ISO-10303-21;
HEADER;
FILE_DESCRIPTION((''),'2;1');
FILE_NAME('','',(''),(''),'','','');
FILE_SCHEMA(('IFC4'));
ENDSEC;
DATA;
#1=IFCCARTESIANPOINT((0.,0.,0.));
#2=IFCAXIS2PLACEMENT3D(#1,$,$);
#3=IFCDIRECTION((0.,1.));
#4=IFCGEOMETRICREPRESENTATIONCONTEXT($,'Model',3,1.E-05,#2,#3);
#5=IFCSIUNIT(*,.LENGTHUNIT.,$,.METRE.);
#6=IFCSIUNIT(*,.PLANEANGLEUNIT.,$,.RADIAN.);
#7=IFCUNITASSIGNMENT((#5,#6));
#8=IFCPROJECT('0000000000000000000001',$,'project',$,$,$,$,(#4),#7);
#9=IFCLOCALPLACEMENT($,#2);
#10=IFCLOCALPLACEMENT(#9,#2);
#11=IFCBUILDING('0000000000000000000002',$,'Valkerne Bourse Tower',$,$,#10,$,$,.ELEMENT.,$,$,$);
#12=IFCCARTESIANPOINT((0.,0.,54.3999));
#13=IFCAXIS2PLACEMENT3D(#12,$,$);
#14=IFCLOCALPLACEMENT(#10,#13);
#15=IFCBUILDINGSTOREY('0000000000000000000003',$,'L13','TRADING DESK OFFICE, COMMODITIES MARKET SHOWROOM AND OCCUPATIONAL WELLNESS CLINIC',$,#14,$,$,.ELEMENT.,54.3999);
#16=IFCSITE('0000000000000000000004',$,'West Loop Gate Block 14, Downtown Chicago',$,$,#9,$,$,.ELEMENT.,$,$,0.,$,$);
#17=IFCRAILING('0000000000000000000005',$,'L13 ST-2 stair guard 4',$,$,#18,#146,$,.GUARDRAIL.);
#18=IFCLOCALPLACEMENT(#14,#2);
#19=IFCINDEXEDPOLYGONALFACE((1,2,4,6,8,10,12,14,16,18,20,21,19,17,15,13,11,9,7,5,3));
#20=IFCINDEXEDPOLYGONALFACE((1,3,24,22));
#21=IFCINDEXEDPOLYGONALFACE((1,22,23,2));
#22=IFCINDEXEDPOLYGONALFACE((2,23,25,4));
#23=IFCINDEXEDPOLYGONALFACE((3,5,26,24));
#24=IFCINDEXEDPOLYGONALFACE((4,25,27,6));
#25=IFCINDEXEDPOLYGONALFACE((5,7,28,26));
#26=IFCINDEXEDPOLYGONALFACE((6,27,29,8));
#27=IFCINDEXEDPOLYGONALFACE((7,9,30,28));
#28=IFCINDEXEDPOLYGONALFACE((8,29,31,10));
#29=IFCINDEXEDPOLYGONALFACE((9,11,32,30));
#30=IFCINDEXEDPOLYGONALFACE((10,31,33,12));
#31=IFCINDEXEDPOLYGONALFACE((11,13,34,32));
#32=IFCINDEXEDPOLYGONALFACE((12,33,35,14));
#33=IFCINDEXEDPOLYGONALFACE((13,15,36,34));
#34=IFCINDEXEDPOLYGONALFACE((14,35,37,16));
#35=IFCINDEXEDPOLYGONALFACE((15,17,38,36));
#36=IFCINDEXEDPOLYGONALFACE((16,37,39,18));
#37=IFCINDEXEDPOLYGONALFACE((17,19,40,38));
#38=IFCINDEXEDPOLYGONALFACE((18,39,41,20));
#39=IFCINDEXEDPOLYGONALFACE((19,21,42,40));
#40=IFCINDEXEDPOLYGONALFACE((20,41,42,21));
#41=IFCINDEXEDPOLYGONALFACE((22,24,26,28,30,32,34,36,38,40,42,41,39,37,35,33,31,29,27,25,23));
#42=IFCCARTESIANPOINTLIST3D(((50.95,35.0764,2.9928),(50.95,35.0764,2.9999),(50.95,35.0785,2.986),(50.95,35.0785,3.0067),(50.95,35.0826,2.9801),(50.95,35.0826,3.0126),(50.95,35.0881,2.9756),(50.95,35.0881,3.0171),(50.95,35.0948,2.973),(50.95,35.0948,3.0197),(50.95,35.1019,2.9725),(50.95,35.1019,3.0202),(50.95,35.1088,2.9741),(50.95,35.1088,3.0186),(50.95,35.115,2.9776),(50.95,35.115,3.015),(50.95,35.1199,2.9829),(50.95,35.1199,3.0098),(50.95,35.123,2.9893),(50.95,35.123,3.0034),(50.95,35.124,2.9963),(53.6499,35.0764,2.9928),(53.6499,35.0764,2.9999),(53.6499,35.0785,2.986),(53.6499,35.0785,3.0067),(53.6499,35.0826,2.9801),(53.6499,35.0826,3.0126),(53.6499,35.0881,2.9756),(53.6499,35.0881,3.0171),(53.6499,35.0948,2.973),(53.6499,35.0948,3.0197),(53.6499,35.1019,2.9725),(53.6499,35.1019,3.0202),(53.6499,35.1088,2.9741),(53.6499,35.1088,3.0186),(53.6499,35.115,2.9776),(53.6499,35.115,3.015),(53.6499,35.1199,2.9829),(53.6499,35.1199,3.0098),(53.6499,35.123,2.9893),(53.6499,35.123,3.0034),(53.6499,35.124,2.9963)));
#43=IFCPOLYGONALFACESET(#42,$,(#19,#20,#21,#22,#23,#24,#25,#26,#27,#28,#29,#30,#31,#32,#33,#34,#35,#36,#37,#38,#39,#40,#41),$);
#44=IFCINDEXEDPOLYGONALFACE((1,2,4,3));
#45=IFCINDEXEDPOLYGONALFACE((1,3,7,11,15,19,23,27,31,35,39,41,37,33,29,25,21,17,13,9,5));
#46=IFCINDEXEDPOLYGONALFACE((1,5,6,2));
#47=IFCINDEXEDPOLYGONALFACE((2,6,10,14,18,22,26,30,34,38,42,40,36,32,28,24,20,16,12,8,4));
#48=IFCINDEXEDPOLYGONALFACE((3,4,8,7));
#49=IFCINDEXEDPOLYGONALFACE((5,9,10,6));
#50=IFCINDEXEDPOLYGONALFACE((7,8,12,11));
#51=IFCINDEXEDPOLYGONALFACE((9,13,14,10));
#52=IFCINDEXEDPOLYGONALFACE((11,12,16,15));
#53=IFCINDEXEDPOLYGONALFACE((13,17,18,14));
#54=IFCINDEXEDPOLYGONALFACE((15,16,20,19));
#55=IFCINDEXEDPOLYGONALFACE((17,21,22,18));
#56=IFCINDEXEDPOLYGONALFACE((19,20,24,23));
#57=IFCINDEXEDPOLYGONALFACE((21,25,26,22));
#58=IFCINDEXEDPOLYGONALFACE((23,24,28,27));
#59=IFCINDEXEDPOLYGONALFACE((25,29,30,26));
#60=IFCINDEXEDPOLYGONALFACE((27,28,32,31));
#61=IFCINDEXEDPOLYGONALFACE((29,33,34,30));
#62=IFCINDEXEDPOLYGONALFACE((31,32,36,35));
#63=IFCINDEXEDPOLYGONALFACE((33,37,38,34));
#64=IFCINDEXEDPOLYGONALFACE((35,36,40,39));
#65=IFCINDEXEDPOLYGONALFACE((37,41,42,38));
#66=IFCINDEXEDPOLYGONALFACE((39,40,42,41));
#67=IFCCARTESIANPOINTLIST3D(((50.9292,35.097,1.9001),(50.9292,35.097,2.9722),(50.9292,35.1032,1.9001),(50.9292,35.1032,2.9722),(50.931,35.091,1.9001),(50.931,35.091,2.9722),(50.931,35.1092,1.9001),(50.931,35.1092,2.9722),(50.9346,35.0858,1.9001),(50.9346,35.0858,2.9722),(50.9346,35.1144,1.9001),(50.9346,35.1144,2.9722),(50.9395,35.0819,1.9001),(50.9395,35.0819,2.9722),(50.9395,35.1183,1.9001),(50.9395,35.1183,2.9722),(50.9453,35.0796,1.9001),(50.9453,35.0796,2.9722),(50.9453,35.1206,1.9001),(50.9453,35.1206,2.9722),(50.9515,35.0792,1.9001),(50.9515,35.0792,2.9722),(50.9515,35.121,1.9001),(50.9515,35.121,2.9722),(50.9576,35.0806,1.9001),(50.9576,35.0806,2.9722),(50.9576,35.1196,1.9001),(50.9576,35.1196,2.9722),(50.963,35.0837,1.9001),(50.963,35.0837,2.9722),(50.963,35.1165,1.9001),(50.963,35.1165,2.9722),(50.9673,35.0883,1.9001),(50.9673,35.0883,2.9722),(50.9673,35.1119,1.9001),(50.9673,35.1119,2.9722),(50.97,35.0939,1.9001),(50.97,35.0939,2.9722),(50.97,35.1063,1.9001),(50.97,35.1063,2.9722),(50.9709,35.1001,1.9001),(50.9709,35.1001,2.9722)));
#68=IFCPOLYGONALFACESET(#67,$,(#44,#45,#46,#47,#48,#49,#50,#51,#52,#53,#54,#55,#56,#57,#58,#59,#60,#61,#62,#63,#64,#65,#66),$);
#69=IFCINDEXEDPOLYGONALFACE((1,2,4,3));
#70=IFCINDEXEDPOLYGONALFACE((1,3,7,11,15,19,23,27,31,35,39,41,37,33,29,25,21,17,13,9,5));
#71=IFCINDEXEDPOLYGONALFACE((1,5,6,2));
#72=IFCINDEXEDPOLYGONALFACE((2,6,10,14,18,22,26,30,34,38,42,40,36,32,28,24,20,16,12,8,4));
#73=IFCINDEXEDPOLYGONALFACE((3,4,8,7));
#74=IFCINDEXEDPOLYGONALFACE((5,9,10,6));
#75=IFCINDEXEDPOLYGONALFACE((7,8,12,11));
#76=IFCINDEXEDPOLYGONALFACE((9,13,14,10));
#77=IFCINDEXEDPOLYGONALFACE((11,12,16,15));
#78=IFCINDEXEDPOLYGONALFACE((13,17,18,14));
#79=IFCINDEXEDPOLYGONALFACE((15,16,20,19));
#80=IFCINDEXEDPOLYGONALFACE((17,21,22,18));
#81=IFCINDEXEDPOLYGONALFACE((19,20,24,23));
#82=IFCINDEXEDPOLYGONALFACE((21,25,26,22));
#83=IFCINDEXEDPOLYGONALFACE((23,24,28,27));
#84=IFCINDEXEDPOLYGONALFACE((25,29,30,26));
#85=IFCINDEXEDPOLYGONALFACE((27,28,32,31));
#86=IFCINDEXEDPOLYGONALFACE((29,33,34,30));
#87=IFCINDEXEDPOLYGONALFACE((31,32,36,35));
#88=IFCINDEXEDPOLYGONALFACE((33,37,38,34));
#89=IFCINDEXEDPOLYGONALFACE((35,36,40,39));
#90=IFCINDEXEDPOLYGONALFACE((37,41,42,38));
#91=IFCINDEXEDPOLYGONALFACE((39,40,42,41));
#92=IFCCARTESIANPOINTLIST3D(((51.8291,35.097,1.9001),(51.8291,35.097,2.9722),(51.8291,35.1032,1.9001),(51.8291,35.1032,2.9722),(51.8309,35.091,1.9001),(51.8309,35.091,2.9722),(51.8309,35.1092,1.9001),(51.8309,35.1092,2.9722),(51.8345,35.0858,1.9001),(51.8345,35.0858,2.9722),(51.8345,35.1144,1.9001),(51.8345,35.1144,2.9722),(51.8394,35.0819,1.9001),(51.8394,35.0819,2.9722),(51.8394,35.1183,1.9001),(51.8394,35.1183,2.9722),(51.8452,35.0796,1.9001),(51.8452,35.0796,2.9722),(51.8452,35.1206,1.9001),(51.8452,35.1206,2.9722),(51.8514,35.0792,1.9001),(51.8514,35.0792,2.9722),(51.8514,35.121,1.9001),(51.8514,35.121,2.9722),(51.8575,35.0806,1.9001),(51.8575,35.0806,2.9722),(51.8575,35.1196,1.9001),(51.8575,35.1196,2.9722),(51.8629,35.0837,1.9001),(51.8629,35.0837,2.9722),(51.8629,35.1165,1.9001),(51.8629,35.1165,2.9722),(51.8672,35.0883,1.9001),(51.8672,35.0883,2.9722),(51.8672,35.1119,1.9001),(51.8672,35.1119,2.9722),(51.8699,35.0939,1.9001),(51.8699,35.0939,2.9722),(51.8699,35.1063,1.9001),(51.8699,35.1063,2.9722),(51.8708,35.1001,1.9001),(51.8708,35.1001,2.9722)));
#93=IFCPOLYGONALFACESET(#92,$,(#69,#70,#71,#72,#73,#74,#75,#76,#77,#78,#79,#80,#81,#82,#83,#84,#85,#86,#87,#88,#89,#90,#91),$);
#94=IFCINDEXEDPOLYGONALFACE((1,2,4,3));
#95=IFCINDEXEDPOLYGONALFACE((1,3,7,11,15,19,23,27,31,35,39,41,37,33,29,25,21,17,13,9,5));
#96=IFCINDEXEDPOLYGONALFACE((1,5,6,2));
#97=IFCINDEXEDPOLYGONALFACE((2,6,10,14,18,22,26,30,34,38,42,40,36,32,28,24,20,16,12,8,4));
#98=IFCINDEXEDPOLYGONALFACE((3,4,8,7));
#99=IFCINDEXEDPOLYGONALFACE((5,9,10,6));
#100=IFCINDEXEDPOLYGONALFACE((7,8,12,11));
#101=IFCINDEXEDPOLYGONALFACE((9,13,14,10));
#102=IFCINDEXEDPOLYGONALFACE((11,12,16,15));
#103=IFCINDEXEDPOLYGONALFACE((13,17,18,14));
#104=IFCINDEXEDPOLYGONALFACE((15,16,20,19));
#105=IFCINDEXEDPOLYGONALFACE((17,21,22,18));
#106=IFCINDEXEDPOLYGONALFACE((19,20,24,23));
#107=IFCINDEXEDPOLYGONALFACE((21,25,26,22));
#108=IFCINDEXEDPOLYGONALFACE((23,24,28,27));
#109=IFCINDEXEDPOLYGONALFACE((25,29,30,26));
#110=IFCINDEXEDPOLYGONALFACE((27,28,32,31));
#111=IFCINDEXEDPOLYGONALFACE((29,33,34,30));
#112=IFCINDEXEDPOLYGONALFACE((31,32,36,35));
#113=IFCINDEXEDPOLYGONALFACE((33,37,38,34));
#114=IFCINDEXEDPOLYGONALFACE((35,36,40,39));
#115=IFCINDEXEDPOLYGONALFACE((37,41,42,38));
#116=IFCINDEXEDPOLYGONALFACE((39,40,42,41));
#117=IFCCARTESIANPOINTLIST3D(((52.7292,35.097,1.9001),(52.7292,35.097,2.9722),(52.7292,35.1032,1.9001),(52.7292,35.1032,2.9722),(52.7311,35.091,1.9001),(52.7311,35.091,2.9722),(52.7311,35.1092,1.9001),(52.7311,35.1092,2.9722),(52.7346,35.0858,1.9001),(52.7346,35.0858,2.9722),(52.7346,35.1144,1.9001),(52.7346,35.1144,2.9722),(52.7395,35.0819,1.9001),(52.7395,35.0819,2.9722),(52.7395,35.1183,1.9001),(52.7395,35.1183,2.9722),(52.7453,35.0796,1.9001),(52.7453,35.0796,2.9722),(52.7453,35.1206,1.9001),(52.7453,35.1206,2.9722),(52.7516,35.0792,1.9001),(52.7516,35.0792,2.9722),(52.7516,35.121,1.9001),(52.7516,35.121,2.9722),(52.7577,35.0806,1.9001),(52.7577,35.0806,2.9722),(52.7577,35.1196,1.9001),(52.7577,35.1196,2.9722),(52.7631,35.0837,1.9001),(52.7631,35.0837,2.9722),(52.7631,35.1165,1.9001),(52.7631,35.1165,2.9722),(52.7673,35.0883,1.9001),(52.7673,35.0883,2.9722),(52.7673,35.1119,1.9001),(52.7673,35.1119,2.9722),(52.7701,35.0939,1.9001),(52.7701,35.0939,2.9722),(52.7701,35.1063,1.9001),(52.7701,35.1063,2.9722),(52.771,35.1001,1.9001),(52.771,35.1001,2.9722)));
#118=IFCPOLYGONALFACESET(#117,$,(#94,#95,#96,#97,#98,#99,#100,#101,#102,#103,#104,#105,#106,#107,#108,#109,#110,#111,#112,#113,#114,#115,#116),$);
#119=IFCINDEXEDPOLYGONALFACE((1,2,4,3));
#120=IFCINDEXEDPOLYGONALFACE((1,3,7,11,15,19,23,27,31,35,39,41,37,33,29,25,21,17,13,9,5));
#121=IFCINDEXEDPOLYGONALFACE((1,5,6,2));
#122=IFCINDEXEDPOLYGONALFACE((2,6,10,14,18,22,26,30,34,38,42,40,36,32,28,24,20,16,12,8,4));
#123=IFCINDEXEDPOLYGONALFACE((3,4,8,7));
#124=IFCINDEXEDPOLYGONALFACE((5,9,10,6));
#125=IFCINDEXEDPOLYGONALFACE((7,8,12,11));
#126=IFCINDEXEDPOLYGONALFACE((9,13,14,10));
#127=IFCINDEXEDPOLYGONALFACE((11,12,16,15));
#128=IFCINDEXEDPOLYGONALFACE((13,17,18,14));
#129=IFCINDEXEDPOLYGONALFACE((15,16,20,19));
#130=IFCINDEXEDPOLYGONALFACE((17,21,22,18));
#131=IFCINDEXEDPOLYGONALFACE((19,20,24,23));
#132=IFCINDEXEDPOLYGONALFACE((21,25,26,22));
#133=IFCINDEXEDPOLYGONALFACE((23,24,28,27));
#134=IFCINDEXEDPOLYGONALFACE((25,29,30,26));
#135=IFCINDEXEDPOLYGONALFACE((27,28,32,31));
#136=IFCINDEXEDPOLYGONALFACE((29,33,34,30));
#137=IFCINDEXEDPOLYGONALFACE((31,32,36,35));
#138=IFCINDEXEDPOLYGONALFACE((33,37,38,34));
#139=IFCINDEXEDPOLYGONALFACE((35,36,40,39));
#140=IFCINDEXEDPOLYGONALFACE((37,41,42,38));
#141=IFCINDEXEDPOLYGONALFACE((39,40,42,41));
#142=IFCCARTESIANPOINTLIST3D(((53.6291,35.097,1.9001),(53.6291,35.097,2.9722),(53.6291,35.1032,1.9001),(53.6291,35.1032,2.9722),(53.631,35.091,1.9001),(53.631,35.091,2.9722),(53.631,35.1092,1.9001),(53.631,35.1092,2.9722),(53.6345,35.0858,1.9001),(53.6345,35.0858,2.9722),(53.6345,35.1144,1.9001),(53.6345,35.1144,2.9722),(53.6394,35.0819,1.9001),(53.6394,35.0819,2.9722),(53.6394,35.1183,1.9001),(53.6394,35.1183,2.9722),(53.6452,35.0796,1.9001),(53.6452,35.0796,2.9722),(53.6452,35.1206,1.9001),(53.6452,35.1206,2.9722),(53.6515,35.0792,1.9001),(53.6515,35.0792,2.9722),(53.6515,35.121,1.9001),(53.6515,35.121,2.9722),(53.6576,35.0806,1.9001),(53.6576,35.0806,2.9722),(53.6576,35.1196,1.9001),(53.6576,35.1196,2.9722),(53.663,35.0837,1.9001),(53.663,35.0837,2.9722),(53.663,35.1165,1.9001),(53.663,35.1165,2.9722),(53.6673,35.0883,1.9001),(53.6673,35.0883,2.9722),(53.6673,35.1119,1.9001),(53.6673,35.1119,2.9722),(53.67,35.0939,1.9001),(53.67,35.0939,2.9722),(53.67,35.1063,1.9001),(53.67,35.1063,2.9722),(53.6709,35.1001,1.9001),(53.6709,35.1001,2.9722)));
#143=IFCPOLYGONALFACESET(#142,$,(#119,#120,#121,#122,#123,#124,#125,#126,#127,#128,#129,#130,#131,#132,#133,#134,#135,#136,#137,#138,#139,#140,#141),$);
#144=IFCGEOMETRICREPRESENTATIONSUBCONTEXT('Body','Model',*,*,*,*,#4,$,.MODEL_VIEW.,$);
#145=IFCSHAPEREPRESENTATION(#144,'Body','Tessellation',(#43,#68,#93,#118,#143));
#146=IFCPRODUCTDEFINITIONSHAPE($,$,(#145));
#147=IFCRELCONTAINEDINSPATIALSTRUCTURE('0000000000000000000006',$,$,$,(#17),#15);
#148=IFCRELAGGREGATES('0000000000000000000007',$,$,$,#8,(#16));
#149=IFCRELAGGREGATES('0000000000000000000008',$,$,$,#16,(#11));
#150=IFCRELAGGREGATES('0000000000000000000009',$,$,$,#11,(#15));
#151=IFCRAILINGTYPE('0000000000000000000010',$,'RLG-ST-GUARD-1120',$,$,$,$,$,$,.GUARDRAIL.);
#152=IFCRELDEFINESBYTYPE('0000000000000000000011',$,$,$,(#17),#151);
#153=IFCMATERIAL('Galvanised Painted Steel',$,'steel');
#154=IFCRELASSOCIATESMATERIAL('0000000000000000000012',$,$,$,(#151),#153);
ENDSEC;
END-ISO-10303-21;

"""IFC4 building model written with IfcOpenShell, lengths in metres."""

from ifc_helpers import new_model, si_unit, direction, frame, origin, origin_2d, place, context, subcontext, project, spatial, circle, extrude, material, type_object, element, save


model = new_model("IFC4")

# Units and contexts
model_context = context("Model", 3, precision=1e-05, world=origin(), true_north=direction((0.0, 1.0)))
body_context = subcontext(model_context, "Body", "Model", "MODEL_VIEW")
ifc_project = project(units=[si_unit("LENGTHUNIT", "METRE"), si_unit("PLANEANGLEUNIT", "RADIAN")], contexts=[model_context])

# Site, building, storey
site_placement = place(None, origin())
site = spatial("IfcSite", under=ifc_project, at=site_placement, Name="West Loop Gate Block 14, Downtown Chicago", CompositionType="ELEMENT", RefElevation=0.0)
building_placement = place(site_placement, origin())
building = spatial("IfcBuilding", under=site, at=building_placement, Name="Valkerne Bourse Tower", CompositionType="ELEMENT")
storey_placement = place(building_placement, frame((0.0, 0.0, 54.3999)))
storey = spatial("IfcBuildingStorey", under=building, at=storey_placement, Name="L13", Description="TRADING DESK OFFICE, COMMODITIES MARKET SHOWROOM AND OCCUPATIONAL WELLNESS CLINIC", CompositionType="ELEMENT", Elevation=54.3999)

# Shared definitions
ifc_material_1 = material(Name="Galvanised Painted Steel", Category="steel")

# Railing
railing_type_1 = type_object("IfcRailingType", Name="RLG-ST-GUARD-1120", PredefinedType="GUARDRAIL", material=ifc_material_1)
for number, where, name in (
    (1, (50.95, 35.1001, 1.9001), "L13 ST-2 stair guard 4"),
):
    element("IfcRailing", number, at=place(storey_placement, frame(where)), inside=storey, type_object=railing_type_1, Name=name, PredefinedType="GUARDRAIL", context=body_context, shape_type="SweptSolid", body=[
        extrude(circle(Radius=0.0239, at=origin_2d()), frame((0.0, 0.0, 1.0962), z_axis=(1.0, 0.0, 0.0), x_axis=(0.0, 1.0, 0.0)), (0.0, 0.0, 1.0), 2.7),
        extrude(circle(Radius=0.021, at=origin_2d()), origin(), (0.0, 0.0, 1.0), 1.072),
        extrude(circle(Radius=0.021, at=origin_2d()), frame((0.8999, 0.0, 0.0)), (0.0, 0.0, 1.0), 1.072),
        extrude(circle(Radius=0.021, at=origin_2d()), frame((1.8, 0.0, 0.0)), (0.0, 0.0, 1.0), 1.072),
        extrude(circle(Radius=0.021, at=origin_2d()), frame((2.7, 0.0, 0.0)), (0.0, 0.0, 1.0), 1.072),
    ])

save(model, "model.ifc")
